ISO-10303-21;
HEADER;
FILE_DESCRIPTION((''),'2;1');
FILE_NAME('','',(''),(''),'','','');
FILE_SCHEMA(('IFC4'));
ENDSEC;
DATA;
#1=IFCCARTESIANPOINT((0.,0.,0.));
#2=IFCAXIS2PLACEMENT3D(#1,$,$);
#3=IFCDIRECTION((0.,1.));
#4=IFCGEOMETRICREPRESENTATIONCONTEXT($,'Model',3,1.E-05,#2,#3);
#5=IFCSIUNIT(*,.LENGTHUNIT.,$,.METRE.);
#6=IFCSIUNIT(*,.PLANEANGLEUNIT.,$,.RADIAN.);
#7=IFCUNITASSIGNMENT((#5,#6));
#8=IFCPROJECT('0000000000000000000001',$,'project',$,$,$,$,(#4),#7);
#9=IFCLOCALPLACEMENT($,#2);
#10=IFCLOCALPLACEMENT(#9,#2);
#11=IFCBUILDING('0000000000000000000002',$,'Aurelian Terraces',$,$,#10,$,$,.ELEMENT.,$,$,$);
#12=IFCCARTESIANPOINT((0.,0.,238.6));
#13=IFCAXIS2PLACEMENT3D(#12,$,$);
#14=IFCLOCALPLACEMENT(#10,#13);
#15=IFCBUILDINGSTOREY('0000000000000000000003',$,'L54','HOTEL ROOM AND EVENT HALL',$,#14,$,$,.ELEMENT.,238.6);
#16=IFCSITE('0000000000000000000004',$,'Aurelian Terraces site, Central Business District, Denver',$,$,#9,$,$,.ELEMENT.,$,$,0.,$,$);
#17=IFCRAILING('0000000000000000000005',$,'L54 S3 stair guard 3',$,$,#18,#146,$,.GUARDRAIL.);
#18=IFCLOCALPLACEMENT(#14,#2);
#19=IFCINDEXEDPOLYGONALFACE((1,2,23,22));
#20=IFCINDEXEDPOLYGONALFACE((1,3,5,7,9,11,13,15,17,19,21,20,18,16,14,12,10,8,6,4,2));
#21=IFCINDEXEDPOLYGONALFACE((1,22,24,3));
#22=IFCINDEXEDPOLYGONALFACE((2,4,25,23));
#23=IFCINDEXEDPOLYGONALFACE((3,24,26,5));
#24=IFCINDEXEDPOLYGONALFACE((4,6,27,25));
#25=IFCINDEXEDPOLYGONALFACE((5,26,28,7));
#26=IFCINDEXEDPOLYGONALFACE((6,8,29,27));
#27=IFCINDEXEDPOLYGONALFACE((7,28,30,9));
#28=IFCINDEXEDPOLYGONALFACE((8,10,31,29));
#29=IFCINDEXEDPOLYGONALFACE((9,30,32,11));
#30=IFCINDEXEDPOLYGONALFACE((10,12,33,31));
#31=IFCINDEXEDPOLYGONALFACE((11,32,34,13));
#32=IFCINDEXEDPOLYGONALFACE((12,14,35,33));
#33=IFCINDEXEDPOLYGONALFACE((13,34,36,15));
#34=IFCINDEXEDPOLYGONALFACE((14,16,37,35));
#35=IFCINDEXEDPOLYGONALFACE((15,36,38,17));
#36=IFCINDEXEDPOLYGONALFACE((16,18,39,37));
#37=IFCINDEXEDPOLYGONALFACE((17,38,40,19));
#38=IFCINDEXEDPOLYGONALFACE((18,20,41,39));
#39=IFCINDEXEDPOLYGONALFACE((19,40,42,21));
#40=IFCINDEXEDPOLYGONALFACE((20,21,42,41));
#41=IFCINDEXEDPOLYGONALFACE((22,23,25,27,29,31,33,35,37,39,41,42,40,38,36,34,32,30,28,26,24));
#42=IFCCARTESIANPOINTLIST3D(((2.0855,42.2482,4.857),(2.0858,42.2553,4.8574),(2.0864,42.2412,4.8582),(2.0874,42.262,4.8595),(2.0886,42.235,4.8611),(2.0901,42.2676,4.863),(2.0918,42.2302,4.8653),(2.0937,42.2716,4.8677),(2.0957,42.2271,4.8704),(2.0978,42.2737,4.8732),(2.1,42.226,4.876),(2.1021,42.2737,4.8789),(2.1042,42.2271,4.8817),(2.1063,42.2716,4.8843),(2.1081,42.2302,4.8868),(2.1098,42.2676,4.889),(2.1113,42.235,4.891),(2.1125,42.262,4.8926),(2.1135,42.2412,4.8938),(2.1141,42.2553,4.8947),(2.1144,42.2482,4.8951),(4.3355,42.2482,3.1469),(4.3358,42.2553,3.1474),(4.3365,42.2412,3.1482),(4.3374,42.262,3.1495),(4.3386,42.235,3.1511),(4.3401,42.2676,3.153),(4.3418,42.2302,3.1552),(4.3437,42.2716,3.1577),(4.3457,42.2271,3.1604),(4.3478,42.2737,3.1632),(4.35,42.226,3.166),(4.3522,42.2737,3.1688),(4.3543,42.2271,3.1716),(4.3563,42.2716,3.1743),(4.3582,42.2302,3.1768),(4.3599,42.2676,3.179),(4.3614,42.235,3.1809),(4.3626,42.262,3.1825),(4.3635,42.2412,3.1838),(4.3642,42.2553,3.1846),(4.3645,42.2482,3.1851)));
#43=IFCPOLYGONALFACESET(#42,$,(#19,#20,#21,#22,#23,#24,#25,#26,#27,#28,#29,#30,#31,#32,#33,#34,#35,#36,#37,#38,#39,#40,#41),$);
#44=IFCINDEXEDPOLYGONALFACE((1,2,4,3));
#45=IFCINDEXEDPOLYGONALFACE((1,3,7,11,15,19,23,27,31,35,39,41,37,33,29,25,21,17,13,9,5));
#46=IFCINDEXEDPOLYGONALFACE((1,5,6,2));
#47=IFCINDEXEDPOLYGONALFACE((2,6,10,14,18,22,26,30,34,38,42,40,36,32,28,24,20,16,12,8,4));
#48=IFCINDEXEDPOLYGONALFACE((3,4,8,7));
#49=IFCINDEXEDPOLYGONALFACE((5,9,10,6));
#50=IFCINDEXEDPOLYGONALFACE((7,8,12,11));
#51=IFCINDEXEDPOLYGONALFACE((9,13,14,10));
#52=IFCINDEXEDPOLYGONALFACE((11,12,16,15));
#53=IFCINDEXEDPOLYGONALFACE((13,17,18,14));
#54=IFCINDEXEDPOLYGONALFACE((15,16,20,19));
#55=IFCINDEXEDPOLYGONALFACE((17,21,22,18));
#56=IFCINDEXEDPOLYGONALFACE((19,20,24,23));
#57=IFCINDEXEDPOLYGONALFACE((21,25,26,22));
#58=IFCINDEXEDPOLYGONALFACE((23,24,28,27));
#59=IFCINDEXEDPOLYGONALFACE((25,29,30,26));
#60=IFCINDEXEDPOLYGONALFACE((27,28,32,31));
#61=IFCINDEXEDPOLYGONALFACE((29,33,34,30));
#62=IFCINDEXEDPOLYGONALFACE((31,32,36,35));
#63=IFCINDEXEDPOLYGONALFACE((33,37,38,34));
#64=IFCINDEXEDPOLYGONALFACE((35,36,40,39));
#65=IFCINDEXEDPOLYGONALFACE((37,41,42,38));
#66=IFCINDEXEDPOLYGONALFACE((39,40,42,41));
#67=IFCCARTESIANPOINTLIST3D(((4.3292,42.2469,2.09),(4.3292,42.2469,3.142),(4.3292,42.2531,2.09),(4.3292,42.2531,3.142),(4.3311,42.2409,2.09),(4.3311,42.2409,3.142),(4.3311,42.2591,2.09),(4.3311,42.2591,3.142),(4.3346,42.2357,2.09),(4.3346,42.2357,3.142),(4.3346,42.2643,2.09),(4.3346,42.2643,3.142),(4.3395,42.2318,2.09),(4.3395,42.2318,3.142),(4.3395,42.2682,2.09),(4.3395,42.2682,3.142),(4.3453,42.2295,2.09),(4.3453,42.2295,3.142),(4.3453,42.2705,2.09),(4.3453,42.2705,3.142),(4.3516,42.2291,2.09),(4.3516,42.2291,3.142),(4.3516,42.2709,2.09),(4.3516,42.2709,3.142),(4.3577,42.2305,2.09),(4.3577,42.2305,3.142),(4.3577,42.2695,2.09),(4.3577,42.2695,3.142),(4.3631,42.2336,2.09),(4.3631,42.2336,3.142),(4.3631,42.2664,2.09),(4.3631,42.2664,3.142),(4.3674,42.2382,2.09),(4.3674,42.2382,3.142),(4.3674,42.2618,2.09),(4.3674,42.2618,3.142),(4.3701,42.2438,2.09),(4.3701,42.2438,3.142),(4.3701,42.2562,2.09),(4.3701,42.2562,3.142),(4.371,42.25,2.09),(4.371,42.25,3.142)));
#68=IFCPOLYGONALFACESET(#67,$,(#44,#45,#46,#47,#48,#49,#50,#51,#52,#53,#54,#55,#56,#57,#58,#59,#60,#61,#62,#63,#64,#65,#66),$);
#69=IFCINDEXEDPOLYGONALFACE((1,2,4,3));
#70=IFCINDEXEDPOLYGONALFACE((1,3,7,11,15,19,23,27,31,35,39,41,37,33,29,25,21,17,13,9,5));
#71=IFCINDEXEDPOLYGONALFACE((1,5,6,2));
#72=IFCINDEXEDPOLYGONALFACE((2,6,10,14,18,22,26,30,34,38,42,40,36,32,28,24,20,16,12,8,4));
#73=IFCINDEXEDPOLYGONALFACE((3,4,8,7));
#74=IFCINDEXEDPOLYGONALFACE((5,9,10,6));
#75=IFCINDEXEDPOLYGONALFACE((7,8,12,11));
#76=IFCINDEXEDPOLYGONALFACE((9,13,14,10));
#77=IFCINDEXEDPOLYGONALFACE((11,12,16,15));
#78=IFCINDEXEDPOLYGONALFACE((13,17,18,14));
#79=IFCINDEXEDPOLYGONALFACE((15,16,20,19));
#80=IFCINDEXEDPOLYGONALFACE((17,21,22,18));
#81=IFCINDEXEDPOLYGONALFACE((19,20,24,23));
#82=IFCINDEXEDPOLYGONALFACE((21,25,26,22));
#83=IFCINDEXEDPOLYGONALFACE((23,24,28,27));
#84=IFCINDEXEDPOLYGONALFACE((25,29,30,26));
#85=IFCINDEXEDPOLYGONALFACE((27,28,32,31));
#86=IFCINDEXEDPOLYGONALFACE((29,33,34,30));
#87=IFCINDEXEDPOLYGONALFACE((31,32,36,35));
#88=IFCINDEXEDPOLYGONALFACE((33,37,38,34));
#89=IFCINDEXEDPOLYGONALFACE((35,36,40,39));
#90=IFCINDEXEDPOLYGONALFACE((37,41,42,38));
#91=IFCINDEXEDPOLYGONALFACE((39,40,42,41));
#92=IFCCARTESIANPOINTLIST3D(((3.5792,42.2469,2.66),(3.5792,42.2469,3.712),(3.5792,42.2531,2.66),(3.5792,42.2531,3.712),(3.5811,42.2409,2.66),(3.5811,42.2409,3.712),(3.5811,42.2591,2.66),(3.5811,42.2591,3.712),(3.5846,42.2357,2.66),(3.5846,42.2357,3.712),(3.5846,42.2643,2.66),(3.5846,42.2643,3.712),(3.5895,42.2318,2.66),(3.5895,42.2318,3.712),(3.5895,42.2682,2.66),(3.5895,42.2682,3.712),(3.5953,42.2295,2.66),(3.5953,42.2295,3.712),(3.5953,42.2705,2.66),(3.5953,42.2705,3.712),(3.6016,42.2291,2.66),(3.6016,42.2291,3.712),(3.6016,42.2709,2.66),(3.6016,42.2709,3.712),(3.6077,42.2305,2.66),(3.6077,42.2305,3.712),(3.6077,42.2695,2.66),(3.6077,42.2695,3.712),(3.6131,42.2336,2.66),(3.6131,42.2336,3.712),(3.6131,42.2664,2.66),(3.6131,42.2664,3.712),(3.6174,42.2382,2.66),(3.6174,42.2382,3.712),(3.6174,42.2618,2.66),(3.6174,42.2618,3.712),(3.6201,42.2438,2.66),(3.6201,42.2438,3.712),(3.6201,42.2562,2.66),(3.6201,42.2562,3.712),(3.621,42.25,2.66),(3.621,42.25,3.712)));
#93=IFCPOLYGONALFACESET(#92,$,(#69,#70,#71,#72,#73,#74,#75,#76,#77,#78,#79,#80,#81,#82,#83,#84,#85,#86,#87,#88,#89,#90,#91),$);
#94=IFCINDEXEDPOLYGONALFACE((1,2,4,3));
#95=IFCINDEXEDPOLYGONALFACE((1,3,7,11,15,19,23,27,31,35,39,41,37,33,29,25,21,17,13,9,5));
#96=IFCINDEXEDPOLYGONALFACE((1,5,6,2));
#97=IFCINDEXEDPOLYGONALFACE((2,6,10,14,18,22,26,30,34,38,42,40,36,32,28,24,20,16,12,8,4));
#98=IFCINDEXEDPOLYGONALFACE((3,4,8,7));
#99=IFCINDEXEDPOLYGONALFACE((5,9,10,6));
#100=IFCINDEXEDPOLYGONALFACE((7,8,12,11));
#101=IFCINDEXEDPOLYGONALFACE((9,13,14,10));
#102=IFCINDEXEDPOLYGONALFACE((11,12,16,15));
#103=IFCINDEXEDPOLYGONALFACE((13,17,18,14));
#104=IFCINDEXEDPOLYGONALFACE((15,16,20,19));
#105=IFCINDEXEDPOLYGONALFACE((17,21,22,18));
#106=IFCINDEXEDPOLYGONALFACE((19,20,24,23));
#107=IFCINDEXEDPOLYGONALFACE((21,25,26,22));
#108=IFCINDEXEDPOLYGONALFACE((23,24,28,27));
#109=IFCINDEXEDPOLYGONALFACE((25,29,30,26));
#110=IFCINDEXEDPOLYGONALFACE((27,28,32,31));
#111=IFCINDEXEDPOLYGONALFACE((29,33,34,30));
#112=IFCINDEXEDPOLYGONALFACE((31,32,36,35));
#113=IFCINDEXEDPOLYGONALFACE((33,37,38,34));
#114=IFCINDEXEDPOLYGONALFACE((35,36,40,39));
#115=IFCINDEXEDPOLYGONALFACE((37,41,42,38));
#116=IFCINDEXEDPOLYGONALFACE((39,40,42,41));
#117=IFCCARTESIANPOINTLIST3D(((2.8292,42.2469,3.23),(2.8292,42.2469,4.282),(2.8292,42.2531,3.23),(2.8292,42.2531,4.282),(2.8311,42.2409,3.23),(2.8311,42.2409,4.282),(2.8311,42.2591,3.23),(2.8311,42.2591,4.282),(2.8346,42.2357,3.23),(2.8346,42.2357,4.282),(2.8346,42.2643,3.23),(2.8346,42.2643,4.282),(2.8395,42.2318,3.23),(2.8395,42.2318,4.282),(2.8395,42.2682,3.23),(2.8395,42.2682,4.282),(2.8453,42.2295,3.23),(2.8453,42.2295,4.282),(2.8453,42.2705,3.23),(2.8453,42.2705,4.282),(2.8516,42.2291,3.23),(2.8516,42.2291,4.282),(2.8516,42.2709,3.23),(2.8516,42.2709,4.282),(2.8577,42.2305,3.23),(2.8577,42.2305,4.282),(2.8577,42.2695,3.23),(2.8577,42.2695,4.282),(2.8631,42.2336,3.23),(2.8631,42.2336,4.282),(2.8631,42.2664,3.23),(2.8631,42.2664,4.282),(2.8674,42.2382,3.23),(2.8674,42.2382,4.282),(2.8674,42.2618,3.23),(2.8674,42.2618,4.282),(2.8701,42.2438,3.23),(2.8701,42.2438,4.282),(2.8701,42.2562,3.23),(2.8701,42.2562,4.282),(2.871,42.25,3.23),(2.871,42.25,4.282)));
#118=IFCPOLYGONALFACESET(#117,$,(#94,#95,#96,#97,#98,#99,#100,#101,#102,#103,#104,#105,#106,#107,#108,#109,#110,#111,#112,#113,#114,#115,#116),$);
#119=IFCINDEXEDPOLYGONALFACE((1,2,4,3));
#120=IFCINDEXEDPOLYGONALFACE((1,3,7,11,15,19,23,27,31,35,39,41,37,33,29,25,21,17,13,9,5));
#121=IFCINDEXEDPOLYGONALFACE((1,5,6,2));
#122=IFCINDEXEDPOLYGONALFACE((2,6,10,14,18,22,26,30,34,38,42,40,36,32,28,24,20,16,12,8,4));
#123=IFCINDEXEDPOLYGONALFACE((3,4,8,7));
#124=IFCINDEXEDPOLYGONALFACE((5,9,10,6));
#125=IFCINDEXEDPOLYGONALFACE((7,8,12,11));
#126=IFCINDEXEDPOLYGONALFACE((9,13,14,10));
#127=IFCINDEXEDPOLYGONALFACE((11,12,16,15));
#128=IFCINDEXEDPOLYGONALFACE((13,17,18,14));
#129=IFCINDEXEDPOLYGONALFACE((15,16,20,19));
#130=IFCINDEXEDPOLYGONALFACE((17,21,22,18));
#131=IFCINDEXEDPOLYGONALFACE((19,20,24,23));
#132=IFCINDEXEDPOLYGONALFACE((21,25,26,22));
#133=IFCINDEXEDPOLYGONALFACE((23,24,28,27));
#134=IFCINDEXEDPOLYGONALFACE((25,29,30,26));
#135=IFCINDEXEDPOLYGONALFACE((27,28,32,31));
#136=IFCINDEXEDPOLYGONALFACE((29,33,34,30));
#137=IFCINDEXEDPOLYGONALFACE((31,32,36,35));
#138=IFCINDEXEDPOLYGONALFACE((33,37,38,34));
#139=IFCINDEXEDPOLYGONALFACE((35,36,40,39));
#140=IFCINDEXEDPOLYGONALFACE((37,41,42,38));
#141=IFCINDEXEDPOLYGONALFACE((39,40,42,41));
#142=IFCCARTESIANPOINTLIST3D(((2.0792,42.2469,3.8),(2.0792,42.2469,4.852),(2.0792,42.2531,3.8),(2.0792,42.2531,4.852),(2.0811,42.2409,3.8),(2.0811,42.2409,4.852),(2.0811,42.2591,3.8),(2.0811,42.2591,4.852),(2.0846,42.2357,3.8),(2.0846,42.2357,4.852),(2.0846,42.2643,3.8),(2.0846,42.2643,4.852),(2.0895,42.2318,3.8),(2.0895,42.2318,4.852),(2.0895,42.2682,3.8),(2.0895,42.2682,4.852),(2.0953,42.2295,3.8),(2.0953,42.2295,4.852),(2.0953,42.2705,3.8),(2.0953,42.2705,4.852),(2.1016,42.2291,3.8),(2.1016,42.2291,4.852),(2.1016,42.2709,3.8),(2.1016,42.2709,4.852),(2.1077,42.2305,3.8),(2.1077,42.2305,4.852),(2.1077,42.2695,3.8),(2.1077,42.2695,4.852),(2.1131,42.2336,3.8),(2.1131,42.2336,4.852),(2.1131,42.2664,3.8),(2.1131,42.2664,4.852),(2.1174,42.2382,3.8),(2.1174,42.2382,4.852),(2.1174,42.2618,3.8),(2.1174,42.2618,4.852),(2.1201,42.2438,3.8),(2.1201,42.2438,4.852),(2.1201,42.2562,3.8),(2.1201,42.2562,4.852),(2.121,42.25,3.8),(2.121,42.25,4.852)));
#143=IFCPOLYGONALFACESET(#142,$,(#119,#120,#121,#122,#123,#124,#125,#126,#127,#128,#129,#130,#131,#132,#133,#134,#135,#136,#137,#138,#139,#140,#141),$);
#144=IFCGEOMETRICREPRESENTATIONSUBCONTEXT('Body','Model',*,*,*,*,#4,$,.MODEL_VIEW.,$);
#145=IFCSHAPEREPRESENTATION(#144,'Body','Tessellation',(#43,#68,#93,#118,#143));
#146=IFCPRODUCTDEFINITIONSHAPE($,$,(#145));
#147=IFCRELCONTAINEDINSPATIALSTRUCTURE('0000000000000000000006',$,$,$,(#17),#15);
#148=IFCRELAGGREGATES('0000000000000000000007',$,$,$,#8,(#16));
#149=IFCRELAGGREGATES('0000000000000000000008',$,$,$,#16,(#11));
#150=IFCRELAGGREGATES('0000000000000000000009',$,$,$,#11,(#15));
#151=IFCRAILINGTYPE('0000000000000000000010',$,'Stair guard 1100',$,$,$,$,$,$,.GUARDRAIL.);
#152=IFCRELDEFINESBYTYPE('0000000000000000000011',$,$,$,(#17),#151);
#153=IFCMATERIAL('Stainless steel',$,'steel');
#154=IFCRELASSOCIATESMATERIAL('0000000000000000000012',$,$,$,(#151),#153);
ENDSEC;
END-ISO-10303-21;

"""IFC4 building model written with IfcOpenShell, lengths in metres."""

from ifc_helpers import new_model, si_unit, direction, frame, origin, origin_2d, place, context, subcontext, project, spatial, circle, extrude, source, transform, mapped, material, type_object, element, save


model = new_model("IFC4")

# Units and contexts
model_context = context("Model", 3, precision=1e-05, world=origin(), true_north=direction((0.0, 1.0)))
body_context = subcontext(model_context, "Body", "Model", "MODEL_VIEW")
ifc_project = project(units=[si_unit("LENGTHUNIT", "METRE"), si_unit("PLANEANGLEUNIT", "RADIAN")], contexts=[model_context])

# Site, building, storey
site_placement = place(None, origin())
site = spatial("IfcSite", under=ifc_project, at=site_placement, Name="Aurelian Terraces site, Central Business District, Denver", CompositionType="ELEMENT", RefElevation=0.0)
building_placement = place(site_placement, origin())
building = spatial("IfcBuilding", under=site, at=building_placement, Name="Aurelian Terraces", CompositionType="ELEMENT")
storey_placement = place(building_placement, frame((0.0, 0.0, 238.6)))
storey = spatial("IfcBuildingStorey", under=building, at=storey_placement, Name="L54", Description="HOTEL ROOM AND EVENT HALL", CompositionType="ELEMENT", Elevation=238.6)

# Railing
ifc_material_1 = material(Name="Stainless steel", Category="steel")
railing_type_1 = type_object("IfcRailingType", Name="Stair guard 1100", PredefinedType="GUARDRAIL", material=ifc_material_1)
shared_shape_1 = source(origin(), body_context, "Body", "SweptSolid", [
    extrude(circle(Radius=0.024, at=origin_2d()), frame((0.0, 0.0, 1.076), z_axis=(-0.796162, 0.0, 0.605083), x_axis=(0.0, -1.0, 0.0)), (0.0, 0.0, 1.0), 2.8261),
    extrude(circle(Radius=0.021, at=origin_2d()), origin(), (0.0, 0.0, 1.0), 1.052),
    extrude(circle(Radius=0.021, at=origin_2d()), frame((-0.75, 0.0, 0.57)), (0.0, 0.0, 1.0), 1.052),
    extrude(circle(Radius=0.021, at=origin_2d()), frame((-1.5, 0.0, 1.14)), (0.0, 0.0, 1.0), 1.052),
    extrude(circle(Radius=0.021, at=origin_2d()), frame((-2.25, 0.0, 1.71)), (0.0, 0.0, 1.0), 1.052),
])
railing_1_placement = place(storey_placement, frame((4.35, 42.25, 2.09)))
element("IfcRailing", 1, at=railing_1_placement, inside=storey, type_object=railing_type_1, Name="L54 S3 stair guard 3", PredefinedType="GUARDRAIL", context=body_context, shape_type="MappedRepresentation", body=[
    mapped(shared_shape_1, transform((0.0, 0.0, 0.0), scale=1.0)),
])

save(model, "model.ifc")
